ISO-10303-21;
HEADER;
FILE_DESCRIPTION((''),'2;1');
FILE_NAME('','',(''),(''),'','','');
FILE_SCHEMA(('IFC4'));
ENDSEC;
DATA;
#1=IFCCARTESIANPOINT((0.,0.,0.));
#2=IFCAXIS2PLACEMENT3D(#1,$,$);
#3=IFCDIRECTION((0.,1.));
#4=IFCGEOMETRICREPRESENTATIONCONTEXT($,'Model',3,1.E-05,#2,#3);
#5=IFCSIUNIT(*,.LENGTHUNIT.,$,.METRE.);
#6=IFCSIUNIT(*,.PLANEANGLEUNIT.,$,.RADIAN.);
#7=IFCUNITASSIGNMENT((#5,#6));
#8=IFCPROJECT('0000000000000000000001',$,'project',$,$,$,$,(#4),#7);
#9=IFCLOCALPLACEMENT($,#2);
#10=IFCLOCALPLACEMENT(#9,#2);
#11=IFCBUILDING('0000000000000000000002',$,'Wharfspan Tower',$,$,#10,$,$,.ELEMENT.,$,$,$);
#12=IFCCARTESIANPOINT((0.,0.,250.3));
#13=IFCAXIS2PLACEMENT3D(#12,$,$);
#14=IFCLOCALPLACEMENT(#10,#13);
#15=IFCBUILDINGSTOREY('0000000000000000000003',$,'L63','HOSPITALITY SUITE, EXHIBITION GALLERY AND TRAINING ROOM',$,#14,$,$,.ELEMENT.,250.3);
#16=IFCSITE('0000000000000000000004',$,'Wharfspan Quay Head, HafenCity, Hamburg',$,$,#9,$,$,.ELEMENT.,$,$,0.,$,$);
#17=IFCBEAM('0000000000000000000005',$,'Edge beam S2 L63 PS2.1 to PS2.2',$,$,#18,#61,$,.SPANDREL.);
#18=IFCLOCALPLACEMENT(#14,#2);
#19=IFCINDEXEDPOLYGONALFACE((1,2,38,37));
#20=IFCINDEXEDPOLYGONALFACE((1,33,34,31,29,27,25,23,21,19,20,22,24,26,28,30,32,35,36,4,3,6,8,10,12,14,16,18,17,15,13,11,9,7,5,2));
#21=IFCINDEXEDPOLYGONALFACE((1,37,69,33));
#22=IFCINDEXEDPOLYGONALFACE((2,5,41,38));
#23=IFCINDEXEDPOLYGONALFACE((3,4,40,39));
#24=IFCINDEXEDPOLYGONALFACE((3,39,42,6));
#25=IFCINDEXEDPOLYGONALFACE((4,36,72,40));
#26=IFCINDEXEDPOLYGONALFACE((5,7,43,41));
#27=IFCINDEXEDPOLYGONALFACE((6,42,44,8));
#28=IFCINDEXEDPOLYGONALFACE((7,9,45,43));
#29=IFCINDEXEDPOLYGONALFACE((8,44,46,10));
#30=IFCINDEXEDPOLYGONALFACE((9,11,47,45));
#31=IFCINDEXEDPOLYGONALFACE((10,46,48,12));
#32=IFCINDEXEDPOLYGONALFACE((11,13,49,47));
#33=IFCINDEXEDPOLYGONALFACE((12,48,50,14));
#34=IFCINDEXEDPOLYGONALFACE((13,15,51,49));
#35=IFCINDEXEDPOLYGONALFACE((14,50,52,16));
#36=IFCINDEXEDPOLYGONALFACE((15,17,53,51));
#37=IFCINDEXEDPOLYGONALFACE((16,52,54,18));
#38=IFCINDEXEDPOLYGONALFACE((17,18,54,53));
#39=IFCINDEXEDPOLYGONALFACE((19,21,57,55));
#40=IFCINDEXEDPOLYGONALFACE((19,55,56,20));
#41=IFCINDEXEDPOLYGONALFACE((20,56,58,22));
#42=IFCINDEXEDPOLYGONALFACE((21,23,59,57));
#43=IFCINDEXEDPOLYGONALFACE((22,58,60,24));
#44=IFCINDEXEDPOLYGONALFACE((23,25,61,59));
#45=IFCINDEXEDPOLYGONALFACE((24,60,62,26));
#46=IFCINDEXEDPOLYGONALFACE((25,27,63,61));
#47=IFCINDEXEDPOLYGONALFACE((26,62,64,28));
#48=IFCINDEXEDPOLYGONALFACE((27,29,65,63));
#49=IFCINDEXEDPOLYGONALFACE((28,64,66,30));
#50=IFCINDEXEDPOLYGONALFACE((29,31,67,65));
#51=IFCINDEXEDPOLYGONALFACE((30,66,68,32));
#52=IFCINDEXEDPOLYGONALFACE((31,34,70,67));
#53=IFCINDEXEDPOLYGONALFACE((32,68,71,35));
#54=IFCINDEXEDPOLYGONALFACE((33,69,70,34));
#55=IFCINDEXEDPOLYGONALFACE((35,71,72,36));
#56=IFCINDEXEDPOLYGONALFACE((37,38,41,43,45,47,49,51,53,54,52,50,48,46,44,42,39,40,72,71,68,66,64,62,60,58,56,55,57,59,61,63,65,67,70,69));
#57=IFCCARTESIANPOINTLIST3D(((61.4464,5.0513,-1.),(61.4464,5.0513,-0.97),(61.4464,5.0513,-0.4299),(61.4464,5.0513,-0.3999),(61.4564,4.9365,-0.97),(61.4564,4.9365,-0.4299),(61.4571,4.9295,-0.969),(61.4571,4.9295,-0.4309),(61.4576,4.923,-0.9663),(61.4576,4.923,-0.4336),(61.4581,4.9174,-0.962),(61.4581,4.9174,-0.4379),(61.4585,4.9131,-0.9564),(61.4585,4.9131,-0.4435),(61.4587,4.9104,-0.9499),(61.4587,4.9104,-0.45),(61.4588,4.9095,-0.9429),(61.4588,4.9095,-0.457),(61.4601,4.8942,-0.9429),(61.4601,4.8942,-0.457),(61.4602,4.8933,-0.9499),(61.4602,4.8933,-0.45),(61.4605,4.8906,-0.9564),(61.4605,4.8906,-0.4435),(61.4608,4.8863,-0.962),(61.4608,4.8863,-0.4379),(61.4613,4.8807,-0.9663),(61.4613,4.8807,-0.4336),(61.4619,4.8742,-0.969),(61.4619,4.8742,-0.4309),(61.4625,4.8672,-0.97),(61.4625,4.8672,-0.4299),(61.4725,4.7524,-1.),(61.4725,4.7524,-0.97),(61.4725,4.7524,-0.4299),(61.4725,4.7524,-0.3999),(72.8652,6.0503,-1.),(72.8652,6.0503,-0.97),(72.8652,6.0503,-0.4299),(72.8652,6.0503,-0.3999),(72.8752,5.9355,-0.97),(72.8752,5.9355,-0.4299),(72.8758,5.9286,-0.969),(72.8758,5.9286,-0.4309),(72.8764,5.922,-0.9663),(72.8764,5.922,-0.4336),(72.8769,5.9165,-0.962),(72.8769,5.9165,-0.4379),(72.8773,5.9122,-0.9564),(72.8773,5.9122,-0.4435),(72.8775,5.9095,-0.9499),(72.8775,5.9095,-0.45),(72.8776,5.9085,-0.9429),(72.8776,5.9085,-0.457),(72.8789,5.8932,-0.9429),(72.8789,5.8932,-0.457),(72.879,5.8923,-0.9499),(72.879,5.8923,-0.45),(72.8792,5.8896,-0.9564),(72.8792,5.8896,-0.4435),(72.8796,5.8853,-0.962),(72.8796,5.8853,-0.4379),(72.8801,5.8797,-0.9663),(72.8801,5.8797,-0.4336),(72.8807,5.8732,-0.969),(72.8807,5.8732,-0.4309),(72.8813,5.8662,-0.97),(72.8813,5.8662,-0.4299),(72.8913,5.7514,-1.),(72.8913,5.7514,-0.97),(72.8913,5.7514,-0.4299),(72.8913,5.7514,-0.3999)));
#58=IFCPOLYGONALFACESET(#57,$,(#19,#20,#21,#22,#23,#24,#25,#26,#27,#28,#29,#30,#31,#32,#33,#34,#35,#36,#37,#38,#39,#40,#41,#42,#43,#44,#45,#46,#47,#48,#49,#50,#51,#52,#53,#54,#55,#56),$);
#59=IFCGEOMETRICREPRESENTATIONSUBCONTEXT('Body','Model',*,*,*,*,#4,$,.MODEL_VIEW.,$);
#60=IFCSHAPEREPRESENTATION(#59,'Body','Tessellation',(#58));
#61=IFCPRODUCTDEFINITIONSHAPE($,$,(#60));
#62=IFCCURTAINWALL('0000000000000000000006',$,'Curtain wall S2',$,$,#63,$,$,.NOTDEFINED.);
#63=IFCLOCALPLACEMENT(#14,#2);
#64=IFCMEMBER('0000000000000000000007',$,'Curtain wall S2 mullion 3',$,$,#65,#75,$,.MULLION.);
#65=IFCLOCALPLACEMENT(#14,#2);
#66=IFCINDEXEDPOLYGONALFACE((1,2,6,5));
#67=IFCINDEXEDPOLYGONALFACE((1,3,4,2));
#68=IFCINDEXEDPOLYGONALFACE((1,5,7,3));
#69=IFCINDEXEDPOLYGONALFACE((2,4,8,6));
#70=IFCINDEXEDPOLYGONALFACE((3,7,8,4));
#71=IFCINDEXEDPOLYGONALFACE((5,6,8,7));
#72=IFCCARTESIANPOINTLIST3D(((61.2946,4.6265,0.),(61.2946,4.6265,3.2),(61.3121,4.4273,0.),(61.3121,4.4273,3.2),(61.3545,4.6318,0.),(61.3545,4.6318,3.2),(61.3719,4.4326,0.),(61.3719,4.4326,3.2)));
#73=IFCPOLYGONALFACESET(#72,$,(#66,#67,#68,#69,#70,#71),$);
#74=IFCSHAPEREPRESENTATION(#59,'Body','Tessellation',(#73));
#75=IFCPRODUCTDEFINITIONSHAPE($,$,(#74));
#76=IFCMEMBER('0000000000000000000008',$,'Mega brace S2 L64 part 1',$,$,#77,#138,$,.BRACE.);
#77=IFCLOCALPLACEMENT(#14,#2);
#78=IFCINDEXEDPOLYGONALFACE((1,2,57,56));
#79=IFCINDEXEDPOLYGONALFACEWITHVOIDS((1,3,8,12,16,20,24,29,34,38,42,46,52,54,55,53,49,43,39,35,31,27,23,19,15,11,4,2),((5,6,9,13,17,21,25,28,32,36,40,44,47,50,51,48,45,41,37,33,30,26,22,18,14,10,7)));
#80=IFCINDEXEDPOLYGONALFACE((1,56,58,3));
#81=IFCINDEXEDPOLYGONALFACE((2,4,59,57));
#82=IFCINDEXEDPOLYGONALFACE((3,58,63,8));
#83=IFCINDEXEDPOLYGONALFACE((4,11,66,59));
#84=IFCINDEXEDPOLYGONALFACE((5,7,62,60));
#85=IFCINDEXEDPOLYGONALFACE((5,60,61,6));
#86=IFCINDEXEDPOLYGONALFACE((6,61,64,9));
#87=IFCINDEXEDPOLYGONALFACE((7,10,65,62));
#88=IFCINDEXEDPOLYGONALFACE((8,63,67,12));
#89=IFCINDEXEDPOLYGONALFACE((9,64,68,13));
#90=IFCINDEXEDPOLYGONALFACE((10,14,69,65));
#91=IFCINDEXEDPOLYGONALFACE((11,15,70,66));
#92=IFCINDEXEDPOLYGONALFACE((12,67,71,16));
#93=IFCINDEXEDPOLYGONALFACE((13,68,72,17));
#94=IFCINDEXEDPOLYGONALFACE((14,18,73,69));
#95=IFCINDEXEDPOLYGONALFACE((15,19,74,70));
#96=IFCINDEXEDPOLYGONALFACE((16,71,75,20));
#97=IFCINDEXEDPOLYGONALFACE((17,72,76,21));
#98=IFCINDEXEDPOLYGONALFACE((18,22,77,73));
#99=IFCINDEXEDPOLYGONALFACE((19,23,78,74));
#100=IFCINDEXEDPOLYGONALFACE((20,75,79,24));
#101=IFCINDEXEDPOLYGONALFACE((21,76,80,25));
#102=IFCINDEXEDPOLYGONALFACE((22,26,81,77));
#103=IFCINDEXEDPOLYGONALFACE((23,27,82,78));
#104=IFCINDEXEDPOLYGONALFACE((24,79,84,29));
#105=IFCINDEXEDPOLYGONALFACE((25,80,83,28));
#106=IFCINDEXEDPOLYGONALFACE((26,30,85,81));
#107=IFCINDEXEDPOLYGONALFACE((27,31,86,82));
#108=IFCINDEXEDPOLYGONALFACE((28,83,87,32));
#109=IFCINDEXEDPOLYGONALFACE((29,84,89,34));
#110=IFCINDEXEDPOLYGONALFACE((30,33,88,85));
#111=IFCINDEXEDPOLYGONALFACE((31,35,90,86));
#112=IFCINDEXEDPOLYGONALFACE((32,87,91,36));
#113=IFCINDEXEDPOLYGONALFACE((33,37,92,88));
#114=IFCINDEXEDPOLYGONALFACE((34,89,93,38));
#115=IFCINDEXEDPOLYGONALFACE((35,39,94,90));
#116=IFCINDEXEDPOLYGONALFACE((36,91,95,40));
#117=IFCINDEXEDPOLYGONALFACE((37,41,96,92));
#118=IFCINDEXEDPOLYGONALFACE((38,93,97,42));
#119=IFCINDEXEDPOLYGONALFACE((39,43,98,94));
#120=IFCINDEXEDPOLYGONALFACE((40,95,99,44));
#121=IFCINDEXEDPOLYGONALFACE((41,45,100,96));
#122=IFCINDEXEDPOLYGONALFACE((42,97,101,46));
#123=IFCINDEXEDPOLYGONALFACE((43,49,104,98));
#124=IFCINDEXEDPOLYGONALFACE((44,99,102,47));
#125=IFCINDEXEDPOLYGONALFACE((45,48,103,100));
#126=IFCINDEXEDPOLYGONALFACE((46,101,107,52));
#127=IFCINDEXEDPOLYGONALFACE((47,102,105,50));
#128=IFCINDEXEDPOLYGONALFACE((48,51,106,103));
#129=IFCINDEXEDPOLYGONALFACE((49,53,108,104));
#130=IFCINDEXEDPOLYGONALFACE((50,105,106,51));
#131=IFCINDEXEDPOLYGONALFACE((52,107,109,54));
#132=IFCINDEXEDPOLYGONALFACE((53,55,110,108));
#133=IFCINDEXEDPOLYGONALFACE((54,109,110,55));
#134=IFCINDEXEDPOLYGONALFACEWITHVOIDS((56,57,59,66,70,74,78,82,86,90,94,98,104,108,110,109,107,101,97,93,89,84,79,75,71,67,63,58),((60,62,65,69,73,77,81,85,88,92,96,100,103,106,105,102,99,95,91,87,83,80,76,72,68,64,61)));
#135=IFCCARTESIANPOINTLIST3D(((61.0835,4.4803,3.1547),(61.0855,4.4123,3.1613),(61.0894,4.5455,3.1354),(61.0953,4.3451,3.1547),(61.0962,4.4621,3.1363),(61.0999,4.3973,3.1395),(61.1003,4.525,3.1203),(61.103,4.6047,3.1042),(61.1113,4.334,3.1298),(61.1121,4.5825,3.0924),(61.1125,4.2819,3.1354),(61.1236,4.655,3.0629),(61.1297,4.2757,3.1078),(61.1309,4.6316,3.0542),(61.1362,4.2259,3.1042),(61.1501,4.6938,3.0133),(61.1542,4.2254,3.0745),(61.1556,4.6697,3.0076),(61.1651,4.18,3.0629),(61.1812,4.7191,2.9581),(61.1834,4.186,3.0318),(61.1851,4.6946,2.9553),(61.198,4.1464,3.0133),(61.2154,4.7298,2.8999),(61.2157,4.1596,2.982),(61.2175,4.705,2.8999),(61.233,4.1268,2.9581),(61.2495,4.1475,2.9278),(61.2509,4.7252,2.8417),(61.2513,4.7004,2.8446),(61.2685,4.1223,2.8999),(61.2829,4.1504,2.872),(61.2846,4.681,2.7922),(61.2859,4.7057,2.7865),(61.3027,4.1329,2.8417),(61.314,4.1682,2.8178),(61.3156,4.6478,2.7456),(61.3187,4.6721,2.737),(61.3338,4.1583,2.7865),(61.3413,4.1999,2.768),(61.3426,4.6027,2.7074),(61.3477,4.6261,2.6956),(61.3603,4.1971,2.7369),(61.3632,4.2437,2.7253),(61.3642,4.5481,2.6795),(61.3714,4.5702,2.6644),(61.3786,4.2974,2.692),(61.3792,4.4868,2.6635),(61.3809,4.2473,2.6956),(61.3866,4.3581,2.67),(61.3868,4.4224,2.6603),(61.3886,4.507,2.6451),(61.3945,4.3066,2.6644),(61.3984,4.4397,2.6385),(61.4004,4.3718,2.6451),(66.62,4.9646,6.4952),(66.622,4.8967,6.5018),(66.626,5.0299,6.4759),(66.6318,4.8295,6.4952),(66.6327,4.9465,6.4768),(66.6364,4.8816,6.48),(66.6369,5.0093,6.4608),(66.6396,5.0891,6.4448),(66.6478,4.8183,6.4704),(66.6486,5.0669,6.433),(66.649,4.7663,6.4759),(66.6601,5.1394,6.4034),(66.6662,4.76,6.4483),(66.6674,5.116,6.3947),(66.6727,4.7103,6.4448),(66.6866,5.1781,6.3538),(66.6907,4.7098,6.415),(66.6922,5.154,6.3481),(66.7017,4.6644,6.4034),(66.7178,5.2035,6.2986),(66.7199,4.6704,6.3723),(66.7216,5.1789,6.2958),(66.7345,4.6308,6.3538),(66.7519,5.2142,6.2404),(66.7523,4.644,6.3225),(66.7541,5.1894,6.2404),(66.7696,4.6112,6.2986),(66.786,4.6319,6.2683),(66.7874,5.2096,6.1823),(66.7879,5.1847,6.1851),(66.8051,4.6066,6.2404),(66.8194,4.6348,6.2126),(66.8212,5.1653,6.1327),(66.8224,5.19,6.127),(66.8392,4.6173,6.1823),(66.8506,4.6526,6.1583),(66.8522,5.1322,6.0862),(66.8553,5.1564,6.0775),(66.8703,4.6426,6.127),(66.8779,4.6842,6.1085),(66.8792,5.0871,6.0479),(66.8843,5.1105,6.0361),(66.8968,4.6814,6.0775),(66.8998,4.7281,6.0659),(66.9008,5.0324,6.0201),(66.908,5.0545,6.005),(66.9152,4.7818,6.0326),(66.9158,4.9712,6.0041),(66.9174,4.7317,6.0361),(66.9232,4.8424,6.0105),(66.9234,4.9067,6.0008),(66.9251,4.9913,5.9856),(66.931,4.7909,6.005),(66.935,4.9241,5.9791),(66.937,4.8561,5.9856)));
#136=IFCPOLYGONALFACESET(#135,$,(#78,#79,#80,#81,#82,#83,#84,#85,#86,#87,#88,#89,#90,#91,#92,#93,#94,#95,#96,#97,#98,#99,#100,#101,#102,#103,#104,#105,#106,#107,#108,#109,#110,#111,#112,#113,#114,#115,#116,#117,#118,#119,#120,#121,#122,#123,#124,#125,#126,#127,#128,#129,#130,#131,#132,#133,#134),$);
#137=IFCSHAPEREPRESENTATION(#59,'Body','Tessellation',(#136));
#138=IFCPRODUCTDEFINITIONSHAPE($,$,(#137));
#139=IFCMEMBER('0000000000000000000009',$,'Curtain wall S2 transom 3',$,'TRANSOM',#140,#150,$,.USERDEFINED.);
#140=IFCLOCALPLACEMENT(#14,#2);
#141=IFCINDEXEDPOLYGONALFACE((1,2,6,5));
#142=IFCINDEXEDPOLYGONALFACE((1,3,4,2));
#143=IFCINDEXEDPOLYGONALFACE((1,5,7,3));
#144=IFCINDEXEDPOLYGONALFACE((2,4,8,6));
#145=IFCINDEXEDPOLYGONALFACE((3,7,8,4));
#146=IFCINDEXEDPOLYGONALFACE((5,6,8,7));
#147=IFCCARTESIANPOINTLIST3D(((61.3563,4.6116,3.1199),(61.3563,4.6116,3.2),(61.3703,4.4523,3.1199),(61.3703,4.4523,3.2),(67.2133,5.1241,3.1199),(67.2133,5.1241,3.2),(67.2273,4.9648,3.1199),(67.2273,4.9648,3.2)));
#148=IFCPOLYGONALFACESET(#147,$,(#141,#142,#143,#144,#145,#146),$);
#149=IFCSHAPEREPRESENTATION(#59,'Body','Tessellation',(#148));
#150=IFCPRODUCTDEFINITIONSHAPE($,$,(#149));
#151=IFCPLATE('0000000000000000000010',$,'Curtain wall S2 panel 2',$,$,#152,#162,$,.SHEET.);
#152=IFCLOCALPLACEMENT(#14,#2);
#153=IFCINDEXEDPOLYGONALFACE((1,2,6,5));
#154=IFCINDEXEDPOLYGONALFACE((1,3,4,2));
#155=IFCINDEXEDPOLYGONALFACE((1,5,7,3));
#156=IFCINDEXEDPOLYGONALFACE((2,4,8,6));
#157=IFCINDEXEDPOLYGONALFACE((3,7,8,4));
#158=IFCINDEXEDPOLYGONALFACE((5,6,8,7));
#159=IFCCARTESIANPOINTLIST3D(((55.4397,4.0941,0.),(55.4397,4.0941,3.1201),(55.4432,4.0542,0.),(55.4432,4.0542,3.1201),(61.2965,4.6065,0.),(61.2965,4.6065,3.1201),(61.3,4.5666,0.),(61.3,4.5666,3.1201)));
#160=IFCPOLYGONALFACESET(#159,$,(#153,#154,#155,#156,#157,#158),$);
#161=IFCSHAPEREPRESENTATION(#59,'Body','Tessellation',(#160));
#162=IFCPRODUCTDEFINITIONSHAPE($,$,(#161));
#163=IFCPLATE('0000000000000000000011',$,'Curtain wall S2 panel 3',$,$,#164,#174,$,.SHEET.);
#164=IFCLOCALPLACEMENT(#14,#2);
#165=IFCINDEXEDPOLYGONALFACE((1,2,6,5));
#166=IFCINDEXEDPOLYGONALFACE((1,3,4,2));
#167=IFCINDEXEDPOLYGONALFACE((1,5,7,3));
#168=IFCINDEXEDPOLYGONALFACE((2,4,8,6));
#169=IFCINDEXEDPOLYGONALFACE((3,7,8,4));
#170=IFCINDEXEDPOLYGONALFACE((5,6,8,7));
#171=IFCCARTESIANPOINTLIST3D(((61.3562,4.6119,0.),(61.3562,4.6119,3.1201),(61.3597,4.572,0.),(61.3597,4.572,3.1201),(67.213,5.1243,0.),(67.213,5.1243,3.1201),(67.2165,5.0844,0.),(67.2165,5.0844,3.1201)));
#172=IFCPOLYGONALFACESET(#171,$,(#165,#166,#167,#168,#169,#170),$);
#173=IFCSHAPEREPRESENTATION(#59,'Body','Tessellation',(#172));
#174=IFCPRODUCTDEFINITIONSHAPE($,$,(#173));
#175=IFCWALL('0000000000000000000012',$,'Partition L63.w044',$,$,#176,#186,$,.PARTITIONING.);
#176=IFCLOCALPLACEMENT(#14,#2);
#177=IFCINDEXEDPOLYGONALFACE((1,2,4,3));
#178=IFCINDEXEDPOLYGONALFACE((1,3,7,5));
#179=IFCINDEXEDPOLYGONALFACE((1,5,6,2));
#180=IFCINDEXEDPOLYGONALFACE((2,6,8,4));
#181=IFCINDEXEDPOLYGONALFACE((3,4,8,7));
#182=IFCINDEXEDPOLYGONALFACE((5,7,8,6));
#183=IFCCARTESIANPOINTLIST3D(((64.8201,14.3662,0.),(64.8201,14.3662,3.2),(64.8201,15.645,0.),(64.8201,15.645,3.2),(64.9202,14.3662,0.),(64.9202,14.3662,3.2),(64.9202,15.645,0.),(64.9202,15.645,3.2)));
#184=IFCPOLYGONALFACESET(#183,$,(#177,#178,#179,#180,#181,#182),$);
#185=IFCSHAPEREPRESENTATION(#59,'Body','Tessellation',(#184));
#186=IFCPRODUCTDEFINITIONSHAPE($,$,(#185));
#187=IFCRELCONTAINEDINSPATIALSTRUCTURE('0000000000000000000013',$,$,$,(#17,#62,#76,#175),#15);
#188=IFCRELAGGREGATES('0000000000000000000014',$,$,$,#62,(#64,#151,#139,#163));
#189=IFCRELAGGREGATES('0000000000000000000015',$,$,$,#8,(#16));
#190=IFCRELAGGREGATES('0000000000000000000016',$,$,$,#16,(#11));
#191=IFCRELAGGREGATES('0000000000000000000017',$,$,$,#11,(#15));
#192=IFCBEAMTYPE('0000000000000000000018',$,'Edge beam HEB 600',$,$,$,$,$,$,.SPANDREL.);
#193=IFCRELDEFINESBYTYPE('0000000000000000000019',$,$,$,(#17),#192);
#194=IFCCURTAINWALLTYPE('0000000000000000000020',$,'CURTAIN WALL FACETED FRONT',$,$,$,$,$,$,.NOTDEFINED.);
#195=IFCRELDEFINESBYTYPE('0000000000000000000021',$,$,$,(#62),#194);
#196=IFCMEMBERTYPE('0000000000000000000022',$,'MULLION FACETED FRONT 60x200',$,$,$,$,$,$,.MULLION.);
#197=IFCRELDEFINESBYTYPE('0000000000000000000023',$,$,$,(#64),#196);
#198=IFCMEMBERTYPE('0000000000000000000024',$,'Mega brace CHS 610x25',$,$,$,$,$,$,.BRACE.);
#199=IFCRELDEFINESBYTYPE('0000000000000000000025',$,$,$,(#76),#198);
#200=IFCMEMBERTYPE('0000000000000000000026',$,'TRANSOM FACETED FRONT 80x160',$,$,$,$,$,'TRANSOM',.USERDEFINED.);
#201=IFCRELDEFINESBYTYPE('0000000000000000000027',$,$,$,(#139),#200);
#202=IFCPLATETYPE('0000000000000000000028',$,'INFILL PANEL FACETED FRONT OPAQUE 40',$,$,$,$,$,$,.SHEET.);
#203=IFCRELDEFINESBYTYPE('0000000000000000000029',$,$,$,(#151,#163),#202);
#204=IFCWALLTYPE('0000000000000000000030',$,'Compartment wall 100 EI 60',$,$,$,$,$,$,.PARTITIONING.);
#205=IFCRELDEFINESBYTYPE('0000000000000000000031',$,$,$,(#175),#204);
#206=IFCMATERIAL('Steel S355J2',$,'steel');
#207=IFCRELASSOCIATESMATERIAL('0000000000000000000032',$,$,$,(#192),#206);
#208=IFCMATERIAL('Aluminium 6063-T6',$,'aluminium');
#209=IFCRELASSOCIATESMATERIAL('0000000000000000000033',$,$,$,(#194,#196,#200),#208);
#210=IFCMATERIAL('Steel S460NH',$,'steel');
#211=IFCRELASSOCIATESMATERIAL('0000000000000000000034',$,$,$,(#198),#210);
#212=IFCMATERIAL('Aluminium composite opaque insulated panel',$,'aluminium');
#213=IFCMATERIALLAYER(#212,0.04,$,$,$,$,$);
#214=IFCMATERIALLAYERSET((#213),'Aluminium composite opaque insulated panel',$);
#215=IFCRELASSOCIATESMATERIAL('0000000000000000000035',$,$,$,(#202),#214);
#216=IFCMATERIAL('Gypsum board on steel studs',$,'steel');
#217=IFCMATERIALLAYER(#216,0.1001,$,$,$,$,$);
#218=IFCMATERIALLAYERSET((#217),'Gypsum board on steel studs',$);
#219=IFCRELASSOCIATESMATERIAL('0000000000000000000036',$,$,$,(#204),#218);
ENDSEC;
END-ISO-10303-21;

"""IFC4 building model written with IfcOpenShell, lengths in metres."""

from ifc_helpers import new_model, si_unit, direction, frame, frame_2d, origin, origin_2d, place, context, subcontext, project, spatial, rectangle, hollow_circle, i_section, extrude, material, layer, layer_set, material_profile, profile_set, type_object, element, aggregate, save


model = new_model("IFC4")

# Units and contexts
model_context = context("Model", 3, precision=1e-05, world=origin(), true_north=direction((0.0, 1.0)))
body_context = subcontext(model_context, "Body", "Model", "MODEL_VIEW")
ifc_project = project(units=[si_unit("LENGTHUNIT", "METRE"), si_unit("PLANEANGLEUNIT", "RADIAN")], contexts=[model_context])

# Site, building, storey
site_placement = place(None, origin())
site = spatial("IfcSite", under=ifc_project, at=site_placement, Name="Wharfspan Quay Head, HafenCity, Hamburg", CompositionType="ELEMENT", RefElevation=0.0)
building_placement = place(site_placement, origin())
building = spatial("IfcBuilding", under=site, at=building_placement, Name="Wharfspan Tower", CompositionType="ELEMENT")
storey_placement = place(building_placement, frame((0.0, 0.0, 250.3)))
storey = spatial("IfcBuildingStorey", under=building, at=storey_placement, Name="L63", Description="HOSPITALITY SUITE, EXHIBITION GALLERY AND TRAINING ROOM", CompositionType="ELEMENT", Elevation=250.3)

# Shared definitions
ifc_material_1 = material(Name="Steel S355J2", Category="steel")

# Beam
ifc_material_profile_1 = material_profile(ifc_material_1, i_section(OverallWidth=0.3, OverallDepth=0.6001, WebThickness=0.0154, FlangeThickness=0.03, FilletRadius=0.0271, at=origin_2d()))
ifc_profile_set_1 = profile_set([ifc_material_profile_1], Name="Steel S355J2")
beam_type = type_object("IfcBeamType", Name="Edge beam HEB 600", PredefinedType="SPANDREL", material=ifc_profile_set_1)
beam_placement = place(storey_placement, frame((61.4595, 4.9019, -0.7), z_axis=(0.996195, 0.087157, 0.0), x_axis=(-0.087157, 0.996195, 0.0)))
element("IfcBeam", 1, at=beam_placement, inside=storey, type_object=beam_type, Name="Edge beam S2 L63 PS2.1 to PS2.2", PredefinedType="SPANDREL", context=body_context, shape_type="SweptSolid", body=[
    extrude(i_section(OverallWidth=0.3, OverallDepth=0.6001, WebThickness=0.0154, FlangeThickness=0.03, FilletRadius=0.0271, at=origin_2d()), origin(), (0.0, 0.0, 1.0), 11.4624),
])

# Curtain wall, member
ifc_material_2 = material(Name="Aluminium 6063-T6", Category="aluminium")
curtain_wall_type = type_object("IfcCurtainWallType", Name="CURTAIN WALL FACETED FRONT", PredefinedType="NOTDEFINED", material=ifc_material_2)
curtain_wall_placement = place(storey_placement, origin())
curtain_wall = element("IfcCurtainWall", 2, at=curtain_wall_placement, inside=storey, type_object=curtain_wall_type, Name="Curtain wall S2", PredefinedType="NOTDEFINED")
ifc_material_profile_2 = material_profile(ifc_material_2, rectangle(XDim=0.2, YDim=0.0601, at=origin_2d()))
ifc_profile_set_2 = profile_set([ifc_material_profile_2], Name="Aluminium 6063-T6")
member_type_1 = type_object("IfcMemberType", Name="MULLION FACETED FRONT 60x200", PredefinedType="MULLION", material=ifc_profile_set_2)
member_1_placement = place(storey_placement, frame((61.3333, 4.5295, 0.0), z_axis=(0.0, 0.0, 1.0), x_axis=(-0.087156, 0.996197, 0.0)))
member_1 = element("IfcMember", 3, at=member_1_placement, type_object=member_type_1, Name="Curtain wall S2 mullion 3", PredefinedType="MULLION", context=body_context, shape_type="SweptSolid", body=[
    extrude(rectangle(XDim=0.2, YDim=0.0601, at=origin_2d()), origin(), (0.0, 0.0, 1.0), 3.2),
])

# Members
ifc_material_3 = material(Name="Steel S460NH", Category="steel")
ifc_material_profile_3 = material_profile(ifc_material_3, hollow_circle(Radius=0.3049, WallThickness=0.0249, at=origin_2d()))
ifc_profile_set_3 = profile_set([ifc_material_profile_3], Name="Steel S460NH")
member_type_2 = type_object("IfcMemberType", Name="Mega brace CHS 610x25", PredefinedType="BRACE", material=ifc_profile_set_3)
member_2_placement = place(storey_placement, frame((61.2419, 4.426, 2.8999), z_axis=(0.853829, 0.074698, 0.515166), x_axis=(-0.087155, 0.996197, 0.000003)))
element("IfcMember", 4, at=member_2_placement, inside=storey, type_object=member_type_2, Name="Mega brace S2 L64 part 1", PredefinedType="BRACE", context=body_context, shape_type="SweptSolid", body=[
    extrude(hollow_circle(Radius=0.3049, WallThickness=0.0249, at=origin_2d()), origin(), (0.0, 0.0, 1.0), 6.4844),
])
ifc_material_profile_4 = material_profile(ifc_material_2, rectangle(XDim=0.1599, YDim=0.0801, at=origin_2d()))
ifc_profile_set_4 = profile_set([ifc_material_profile_4], Name="Aluminium 6063-T6")
member_type_3 = type_object("IfcMemberType", Name="TRANSOM FACETED FRONT 80x160", ElementType="TRANSOM", PredefinedType="USERDEFINED", material=ifc_profile_set_4)
member_3_placement = place(storey_placement, frame((61.3633, 4.532, 3.1599), z_axis=(0.996194, 0.087162, 0.0), x_axis=(-0.087162, 0.996194, 0.0)))
member_3 = element("IfcMember", 5, at=member_3_placement, type_object=member_type_3, Name="Curtain wall S2 transom 3", ObjectType="TRANSOM", PredefinedType="USERDEFINED", context=body_context, shape_type="SweptSolid", body=[
    extrude(rectangle(XDim=0.1599, YDim=0.0801, at=origin_2d()), origin(), (0.0, 0.0, 1.0), 5.8794),
])

# Plates
ifc_material_4 = material(Name="Aluminium composite opaque insulated panel", Category="aluminium")
ifc_layer_1 = layer(ifc_material_4, 0.04)
ifc_layer_set_1 = layer_set([ifc_layer_1], Name="Aluminium composite opaque insulated panel")
plate_type = type_object("IfcPlateType", Name="INFILL PANEL FACETED FRONT OPAQUE 40", PredefinedType="SHEET", material=ifc_layer_set_1)
plate_1_placement = place(storey_placement, frame((58.3699, 4.3303, 0.0), z_axis=(0.0, 0.0, 1.0), x_axis=(0.996197, 0.087156, 0.0)))
plate_1 = element("IfcPlate", 6, at=plate_1_placement, type_object=plate_type, Name="Curtain wall S2 panel 2", PredefinedType="SHEET", context=body_context, shape_type="SweptSolid", body=[
    extrude(rectangle(XDim=5.8792, YDim=0.04, at=origin_2d()), origin(), (0.0, 0.0, 1.0), 3.1201),
])
plate_2_placement = place(storey_placement, frame((64.2864, 4.8481, 0.0), z_axis=(0.0, 0.0, 1.0), x_axis=(0.996197, 0.087156, 0.0)))
plate_2 = element("IfcPlate", 7, at=plate_2_placement, type_object=plate_type, Name="Curtain wall S2 panel 3", PredefinedType="SHEET", context=body_context, shape_type="SweptSolid", body=[
    extrude(rectangle(XDim=5.8792, YDim=0.04, at=origin_2d()), origin(), (0.0, 0.0, 1.0), 3.1201),
])
aggregate(curtain_wall, [member_1, plate_1, member_3, plate_2])

# Wall
ifc_material_5 = material(Name="Gypsum board on steel studs", Category="steel")
ifc_layer_2 = layer(ifc_material_5, 0.1001)
ifc_layer_set_2 = layer_set([ifc_layer_2], Name="Gypsum board on steel studs")
wall_type_1 = type_object("IfcWallType", Name="Compartment wall 100 EI 60", PredefinedType="PARTITIONING", material=ifc_layer_set_2)
wall_1_placement = place(storey_placement, frame((64.8701, 14.3662, 0.0), z_axis=(0.0, 0.0, 1.0), x_axis=(0.0, 1.0, 0.0)))
element("IfcWall", 8, at=wall_1_placement, inside=storey, type_object=wall_type_1, Name="Partition L63.w044", PredefinedType="PARTITIONING", context=body_context, shape_type="SweptSolid", body=[
    extrude(rectangle(XDim=1.2788, YDim=0.1001, at=frame_2d((0.6394, 0.0))), origin(), (0.0, 0.0, 1.0), 3.2),
])

save(model, "model.ifc")
